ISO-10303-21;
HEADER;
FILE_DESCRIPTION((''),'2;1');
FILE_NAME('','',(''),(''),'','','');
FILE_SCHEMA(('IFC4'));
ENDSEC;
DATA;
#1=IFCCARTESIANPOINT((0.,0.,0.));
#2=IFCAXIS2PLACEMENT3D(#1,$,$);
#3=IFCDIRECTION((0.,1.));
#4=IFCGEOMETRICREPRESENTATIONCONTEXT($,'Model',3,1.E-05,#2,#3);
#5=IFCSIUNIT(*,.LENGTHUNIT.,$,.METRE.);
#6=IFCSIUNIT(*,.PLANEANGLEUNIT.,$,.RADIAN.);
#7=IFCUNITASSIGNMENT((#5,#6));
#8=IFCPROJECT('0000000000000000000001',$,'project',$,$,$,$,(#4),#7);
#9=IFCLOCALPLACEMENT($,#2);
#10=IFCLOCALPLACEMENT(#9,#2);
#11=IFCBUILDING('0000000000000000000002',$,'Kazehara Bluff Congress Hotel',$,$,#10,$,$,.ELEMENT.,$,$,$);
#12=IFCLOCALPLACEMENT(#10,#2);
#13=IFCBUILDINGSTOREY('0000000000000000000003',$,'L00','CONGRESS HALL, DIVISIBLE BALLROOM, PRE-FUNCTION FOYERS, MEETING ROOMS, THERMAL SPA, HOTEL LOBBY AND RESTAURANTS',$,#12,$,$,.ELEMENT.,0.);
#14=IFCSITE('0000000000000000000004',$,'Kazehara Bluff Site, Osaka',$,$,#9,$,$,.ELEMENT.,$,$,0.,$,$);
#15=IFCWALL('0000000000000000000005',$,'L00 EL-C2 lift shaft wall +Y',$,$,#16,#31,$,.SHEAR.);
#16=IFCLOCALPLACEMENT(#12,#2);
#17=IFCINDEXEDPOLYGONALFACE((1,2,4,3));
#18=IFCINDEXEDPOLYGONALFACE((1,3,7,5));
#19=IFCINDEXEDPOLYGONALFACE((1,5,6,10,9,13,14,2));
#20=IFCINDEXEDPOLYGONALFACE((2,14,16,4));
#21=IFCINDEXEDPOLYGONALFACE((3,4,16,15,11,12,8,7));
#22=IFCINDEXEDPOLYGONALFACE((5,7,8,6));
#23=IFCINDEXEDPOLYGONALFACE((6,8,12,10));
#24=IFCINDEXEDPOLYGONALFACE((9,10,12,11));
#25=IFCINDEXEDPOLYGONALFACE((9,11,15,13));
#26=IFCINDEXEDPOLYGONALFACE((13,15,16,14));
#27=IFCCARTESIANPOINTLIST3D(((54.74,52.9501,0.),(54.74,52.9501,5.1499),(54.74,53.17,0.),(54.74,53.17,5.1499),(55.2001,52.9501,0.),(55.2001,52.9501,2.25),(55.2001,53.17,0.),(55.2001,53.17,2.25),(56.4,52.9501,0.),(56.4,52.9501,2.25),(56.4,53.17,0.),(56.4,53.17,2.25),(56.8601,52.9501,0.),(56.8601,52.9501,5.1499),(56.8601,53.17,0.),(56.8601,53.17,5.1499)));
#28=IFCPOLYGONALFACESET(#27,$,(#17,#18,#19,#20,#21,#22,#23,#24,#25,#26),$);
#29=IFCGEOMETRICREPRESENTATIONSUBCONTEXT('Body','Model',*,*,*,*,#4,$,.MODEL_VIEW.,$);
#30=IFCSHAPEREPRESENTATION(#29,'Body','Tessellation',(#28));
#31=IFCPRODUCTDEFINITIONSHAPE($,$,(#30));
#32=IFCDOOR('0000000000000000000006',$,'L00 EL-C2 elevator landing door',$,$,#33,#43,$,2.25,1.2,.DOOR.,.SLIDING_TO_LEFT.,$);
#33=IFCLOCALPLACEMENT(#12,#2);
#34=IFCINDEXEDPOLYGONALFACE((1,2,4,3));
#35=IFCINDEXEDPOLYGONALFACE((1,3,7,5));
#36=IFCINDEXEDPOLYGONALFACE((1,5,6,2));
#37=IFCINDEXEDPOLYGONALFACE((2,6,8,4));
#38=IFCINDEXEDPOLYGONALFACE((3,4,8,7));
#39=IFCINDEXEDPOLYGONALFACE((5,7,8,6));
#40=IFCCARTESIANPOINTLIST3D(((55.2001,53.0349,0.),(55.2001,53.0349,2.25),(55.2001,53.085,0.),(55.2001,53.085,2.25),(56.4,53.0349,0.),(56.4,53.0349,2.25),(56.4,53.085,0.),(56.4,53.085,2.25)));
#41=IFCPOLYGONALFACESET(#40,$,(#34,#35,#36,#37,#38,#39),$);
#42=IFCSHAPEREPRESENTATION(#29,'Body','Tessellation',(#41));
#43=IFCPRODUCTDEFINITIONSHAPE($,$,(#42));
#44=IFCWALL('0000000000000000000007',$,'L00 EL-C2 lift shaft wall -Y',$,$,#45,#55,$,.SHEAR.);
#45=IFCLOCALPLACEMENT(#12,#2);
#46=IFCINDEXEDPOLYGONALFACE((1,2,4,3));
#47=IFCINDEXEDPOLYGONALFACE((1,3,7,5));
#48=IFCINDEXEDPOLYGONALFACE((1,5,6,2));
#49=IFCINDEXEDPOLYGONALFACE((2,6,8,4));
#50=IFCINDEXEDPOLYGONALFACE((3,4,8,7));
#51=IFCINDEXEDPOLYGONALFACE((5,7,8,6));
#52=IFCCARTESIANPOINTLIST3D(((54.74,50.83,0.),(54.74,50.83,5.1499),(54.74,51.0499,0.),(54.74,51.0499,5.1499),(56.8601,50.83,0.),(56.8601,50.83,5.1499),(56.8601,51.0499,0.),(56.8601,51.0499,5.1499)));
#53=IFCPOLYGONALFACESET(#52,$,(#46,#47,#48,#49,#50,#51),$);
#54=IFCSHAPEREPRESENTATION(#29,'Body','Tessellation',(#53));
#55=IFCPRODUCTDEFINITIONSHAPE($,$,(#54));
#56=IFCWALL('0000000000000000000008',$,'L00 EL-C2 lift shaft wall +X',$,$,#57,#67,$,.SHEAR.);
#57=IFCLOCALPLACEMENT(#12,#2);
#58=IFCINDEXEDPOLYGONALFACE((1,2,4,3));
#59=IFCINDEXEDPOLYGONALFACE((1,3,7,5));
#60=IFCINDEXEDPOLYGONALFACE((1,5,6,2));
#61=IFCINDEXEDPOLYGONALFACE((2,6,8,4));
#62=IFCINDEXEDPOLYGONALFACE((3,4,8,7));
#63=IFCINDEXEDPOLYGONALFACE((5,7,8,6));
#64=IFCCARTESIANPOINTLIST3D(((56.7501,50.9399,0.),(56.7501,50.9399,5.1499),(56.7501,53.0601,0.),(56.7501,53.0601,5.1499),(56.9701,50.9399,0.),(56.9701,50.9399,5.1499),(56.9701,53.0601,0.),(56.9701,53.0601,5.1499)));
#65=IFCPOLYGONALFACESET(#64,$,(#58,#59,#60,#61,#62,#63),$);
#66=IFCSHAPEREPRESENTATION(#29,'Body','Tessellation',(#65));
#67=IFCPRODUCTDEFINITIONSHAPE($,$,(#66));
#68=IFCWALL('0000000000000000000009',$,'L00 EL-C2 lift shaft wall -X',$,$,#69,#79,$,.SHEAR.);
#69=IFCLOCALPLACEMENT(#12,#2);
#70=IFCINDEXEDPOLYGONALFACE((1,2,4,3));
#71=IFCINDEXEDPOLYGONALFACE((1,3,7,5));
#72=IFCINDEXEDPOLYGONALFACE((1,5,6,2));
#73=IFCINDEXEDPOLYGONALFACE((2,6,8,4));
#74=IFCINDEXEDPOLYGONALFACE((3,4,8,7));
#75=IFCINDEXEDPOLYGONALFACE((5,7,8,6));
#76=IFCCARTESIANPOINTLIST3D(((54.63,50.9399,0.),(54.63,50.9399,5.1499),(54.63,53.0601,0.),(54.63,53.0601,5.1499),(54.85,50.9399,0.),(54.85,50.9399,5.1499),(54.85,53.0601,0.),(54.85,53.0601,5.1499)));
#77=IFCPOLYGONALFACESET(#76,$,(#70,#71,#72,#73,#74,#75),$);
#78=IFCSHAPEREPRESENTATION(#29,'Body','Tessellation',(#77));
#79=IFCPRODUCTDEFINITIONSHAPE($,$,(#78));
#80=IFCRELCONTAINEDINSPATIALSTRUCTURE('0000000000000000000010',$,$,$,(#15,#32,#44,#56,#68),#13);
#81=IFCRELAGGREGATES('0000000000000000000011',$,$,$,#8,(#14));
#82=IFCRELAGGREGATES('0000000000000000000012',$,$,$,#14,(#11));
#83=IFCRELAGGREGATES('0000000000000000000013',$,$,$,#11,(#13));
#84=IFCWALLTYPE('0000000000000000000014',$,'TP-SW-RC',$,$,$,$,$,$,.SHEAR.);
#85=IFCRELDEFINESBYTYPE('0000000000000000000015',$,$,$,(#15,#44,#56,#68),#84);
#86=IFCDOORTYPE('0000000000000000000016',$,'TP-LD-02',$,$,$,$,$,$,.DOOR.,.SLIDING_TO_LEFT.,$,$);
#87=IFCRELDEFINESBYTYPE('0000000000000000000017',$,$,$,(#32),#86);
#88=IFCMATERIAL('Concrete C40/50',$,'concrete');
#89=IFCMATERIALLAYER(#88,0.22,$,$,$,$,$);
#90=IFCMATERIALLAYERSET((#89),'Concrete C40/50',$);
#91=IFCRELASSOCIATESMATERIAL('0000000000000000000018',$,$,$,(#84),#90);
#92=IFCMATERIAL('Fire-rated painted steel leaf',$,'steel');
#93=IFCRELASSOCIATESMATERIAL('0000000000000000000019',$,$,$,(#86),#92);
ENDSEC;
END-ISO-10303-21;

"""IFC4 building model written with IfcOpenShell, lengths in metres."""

from ifc_helpers import new_model, si_unit, direction, frame, frame_2d, origin, place, context, subcontext, project, spatial, rectangle, extrude, material, layer, layer_set, type_object, element, fill, save


model = new_model("IFC4")

# Units and contexts
model_context = context("Model", 3, precision=1e-05, world=origin(), true_north=direction((0.0, 1.0)))
body_context = subcontext(model_context, "Body", "Model", "MODEL_VIEW")
ifc_project = project(units=[si_unit("LENGTHUNIT", "METRE"), si_unit("PLANEANGLEUNIT", "RADIAN")], contexts=[model_context])

# Site, building, storey
site_placement = place(None, origin())
site = spatial("IfcSite", under=ifc_project, at=site_placement, Name="Kazehara Bluff Site, Osaka", CompositionType="ELEMENT", RefElevation=0.0)
building_placement = place(site_placement, origin())
building = spatial("IfcBuilding", under=site, at=building_placement, Name="Kazehara Bluff Congress Hotel", CompositionType="ELEMENT")
storey_placement = place(building_placement, origin())
storey = spatial("IfcBuildingStorey", under=building, at=storey_placement, Name="L00", Description="CONGRESS HALL, DIVISIBLE BALLROOM, PRE-FUNCTION FOYERS, MEETING ROOMS, THERMAL SPA, HOTEL LOBBY AND RESTAURANTS", CompositionType="ELEMENT", Elevation=0.0)

# Shared definitions
ifc_material_1 = material(Name="Concrete C40/50", Category="concrete")
ifc_layer_1 = layer(ifc_material_1, 0.22)
ifc_layer_set_1 = layer_set([ifc_layer_1], Name="Concrete C40/50")
wall_type_1 = type_object("IfcWallType", Name="TP-SW-RC", PredefinedType="SHEAR", material=ifc_layer_set_1)
ifc_material_2 = material(Name="Fire-rated painted steel leaf", Category="steel")
door_type_1 = type_object("IfcDoorType", Name="TP-LD-02", OperationType="SLIDING_TO_LEFT", PredefinedType="DOOR", material=ifc_material_2)

# Wall, opening, door
wall_1_placement = place(storey_placement, frame((54.74, 53.0601, 0.0), z_axis=(0.0, 0.0, 1.0), x_axis=(1.0, 0.0, 0.0)))
wall_1 = element("IfcWall", 1, at=wall_1_placement, inside=storey, type_object=wall_type_1, Name="L00 EL-C2 lift shaft wall +Y", PredefinedType="SHEAR", context=body_context, shape_type="SweptSolid", body=[
    extrude(rectangle(XDim=2.1201, YDim=0.22, at=frame_2d((1.0601, 0.0))), origin(), (0.0, 0.0, 1.0), 5.1499),
])
opening_1_placement = place(wall_1_placement, frame((0.46, 0.0, 0.0)))
opening_1 = element("IfcOpeningElement", 2, at=opening_1_placement, cuts=wall_1, PredefinedType="OPENING", context=body_context, shape_type="SweptSolid", body=[
    extrude(rectangle(XDim=1.2, YDim=2.25, at=frame_2d((0.6001, 1.125))), frame((0.0, 0.1199, 0.0), z_axis=(0.0, -1.0, 0.0), x_axis=(1.0, 0.0, 0.0)), (0.0, 0.0, 1.0), 0.24),
])
door_1_placement = place(opening_1_placement, origin())
door_1 = element("IfcDoor", 3, at=door_1_placement, inside=storey, type_object=door_type_1, Name="L00 EL-C2 elevator landing door", OperationType="SLIDING_TO_LEFT", OverallHeight=2.25, OverallWidth=1.2, PredefinedType="DOOR", context=body_context, shape_type="SweptSolid", body=[
    extrude(rectangle(XDim=1.2, YDim=2.25, at=frame_2d((0.6001, 1.125))), frame((0.0, 0.0249, 0.0), z_axis=(0.0, -1.0, 0.0), x_axis=(1.0, 0.0, 0.0)), (0.0, 0.0, 1.0), 0.05),
])
fill(opening_1, door_1)

# Walls
for number, where, z_axis, x_axis, name in (
    (4, (54.74, 50.9399, 0.0), (0.0, 0.0, 1.0), (1.0, 0.0, 0.0), "L00 EL-C2 lift shaft wall -Y"),
    (5, (56.8601, 50.9399, 0.0), (0.0, 0.0, 1.0), (0.0, 1.0, 0.0), "L00 EL-C2 lift shaft wall +X"),
    (6, (54.74, 50.9399, 0.0), (0.0, 0.0, 1.0), (0.0, 1.0, 0.0), "L00 EL-C2 lift shaft wall -X"),
):
    element("IfcWall", number, at=place(storey_placement, frame(where, z_axis=z_axis, x_axis=x_axis)), inside=storey, type_object=wall_type_1, Name=name, PredefinedType="SHEAR", context=body_context, shape_type="SweptSolid", body=[
        extrude(rectangle(XDim=2.1201, YDim=0.22, at=frame_2d((1.0601, 0.0))), origin(), (0.0, 0.0, 1.0), 5.1499),
    ])

save(model, "model.ifc")
